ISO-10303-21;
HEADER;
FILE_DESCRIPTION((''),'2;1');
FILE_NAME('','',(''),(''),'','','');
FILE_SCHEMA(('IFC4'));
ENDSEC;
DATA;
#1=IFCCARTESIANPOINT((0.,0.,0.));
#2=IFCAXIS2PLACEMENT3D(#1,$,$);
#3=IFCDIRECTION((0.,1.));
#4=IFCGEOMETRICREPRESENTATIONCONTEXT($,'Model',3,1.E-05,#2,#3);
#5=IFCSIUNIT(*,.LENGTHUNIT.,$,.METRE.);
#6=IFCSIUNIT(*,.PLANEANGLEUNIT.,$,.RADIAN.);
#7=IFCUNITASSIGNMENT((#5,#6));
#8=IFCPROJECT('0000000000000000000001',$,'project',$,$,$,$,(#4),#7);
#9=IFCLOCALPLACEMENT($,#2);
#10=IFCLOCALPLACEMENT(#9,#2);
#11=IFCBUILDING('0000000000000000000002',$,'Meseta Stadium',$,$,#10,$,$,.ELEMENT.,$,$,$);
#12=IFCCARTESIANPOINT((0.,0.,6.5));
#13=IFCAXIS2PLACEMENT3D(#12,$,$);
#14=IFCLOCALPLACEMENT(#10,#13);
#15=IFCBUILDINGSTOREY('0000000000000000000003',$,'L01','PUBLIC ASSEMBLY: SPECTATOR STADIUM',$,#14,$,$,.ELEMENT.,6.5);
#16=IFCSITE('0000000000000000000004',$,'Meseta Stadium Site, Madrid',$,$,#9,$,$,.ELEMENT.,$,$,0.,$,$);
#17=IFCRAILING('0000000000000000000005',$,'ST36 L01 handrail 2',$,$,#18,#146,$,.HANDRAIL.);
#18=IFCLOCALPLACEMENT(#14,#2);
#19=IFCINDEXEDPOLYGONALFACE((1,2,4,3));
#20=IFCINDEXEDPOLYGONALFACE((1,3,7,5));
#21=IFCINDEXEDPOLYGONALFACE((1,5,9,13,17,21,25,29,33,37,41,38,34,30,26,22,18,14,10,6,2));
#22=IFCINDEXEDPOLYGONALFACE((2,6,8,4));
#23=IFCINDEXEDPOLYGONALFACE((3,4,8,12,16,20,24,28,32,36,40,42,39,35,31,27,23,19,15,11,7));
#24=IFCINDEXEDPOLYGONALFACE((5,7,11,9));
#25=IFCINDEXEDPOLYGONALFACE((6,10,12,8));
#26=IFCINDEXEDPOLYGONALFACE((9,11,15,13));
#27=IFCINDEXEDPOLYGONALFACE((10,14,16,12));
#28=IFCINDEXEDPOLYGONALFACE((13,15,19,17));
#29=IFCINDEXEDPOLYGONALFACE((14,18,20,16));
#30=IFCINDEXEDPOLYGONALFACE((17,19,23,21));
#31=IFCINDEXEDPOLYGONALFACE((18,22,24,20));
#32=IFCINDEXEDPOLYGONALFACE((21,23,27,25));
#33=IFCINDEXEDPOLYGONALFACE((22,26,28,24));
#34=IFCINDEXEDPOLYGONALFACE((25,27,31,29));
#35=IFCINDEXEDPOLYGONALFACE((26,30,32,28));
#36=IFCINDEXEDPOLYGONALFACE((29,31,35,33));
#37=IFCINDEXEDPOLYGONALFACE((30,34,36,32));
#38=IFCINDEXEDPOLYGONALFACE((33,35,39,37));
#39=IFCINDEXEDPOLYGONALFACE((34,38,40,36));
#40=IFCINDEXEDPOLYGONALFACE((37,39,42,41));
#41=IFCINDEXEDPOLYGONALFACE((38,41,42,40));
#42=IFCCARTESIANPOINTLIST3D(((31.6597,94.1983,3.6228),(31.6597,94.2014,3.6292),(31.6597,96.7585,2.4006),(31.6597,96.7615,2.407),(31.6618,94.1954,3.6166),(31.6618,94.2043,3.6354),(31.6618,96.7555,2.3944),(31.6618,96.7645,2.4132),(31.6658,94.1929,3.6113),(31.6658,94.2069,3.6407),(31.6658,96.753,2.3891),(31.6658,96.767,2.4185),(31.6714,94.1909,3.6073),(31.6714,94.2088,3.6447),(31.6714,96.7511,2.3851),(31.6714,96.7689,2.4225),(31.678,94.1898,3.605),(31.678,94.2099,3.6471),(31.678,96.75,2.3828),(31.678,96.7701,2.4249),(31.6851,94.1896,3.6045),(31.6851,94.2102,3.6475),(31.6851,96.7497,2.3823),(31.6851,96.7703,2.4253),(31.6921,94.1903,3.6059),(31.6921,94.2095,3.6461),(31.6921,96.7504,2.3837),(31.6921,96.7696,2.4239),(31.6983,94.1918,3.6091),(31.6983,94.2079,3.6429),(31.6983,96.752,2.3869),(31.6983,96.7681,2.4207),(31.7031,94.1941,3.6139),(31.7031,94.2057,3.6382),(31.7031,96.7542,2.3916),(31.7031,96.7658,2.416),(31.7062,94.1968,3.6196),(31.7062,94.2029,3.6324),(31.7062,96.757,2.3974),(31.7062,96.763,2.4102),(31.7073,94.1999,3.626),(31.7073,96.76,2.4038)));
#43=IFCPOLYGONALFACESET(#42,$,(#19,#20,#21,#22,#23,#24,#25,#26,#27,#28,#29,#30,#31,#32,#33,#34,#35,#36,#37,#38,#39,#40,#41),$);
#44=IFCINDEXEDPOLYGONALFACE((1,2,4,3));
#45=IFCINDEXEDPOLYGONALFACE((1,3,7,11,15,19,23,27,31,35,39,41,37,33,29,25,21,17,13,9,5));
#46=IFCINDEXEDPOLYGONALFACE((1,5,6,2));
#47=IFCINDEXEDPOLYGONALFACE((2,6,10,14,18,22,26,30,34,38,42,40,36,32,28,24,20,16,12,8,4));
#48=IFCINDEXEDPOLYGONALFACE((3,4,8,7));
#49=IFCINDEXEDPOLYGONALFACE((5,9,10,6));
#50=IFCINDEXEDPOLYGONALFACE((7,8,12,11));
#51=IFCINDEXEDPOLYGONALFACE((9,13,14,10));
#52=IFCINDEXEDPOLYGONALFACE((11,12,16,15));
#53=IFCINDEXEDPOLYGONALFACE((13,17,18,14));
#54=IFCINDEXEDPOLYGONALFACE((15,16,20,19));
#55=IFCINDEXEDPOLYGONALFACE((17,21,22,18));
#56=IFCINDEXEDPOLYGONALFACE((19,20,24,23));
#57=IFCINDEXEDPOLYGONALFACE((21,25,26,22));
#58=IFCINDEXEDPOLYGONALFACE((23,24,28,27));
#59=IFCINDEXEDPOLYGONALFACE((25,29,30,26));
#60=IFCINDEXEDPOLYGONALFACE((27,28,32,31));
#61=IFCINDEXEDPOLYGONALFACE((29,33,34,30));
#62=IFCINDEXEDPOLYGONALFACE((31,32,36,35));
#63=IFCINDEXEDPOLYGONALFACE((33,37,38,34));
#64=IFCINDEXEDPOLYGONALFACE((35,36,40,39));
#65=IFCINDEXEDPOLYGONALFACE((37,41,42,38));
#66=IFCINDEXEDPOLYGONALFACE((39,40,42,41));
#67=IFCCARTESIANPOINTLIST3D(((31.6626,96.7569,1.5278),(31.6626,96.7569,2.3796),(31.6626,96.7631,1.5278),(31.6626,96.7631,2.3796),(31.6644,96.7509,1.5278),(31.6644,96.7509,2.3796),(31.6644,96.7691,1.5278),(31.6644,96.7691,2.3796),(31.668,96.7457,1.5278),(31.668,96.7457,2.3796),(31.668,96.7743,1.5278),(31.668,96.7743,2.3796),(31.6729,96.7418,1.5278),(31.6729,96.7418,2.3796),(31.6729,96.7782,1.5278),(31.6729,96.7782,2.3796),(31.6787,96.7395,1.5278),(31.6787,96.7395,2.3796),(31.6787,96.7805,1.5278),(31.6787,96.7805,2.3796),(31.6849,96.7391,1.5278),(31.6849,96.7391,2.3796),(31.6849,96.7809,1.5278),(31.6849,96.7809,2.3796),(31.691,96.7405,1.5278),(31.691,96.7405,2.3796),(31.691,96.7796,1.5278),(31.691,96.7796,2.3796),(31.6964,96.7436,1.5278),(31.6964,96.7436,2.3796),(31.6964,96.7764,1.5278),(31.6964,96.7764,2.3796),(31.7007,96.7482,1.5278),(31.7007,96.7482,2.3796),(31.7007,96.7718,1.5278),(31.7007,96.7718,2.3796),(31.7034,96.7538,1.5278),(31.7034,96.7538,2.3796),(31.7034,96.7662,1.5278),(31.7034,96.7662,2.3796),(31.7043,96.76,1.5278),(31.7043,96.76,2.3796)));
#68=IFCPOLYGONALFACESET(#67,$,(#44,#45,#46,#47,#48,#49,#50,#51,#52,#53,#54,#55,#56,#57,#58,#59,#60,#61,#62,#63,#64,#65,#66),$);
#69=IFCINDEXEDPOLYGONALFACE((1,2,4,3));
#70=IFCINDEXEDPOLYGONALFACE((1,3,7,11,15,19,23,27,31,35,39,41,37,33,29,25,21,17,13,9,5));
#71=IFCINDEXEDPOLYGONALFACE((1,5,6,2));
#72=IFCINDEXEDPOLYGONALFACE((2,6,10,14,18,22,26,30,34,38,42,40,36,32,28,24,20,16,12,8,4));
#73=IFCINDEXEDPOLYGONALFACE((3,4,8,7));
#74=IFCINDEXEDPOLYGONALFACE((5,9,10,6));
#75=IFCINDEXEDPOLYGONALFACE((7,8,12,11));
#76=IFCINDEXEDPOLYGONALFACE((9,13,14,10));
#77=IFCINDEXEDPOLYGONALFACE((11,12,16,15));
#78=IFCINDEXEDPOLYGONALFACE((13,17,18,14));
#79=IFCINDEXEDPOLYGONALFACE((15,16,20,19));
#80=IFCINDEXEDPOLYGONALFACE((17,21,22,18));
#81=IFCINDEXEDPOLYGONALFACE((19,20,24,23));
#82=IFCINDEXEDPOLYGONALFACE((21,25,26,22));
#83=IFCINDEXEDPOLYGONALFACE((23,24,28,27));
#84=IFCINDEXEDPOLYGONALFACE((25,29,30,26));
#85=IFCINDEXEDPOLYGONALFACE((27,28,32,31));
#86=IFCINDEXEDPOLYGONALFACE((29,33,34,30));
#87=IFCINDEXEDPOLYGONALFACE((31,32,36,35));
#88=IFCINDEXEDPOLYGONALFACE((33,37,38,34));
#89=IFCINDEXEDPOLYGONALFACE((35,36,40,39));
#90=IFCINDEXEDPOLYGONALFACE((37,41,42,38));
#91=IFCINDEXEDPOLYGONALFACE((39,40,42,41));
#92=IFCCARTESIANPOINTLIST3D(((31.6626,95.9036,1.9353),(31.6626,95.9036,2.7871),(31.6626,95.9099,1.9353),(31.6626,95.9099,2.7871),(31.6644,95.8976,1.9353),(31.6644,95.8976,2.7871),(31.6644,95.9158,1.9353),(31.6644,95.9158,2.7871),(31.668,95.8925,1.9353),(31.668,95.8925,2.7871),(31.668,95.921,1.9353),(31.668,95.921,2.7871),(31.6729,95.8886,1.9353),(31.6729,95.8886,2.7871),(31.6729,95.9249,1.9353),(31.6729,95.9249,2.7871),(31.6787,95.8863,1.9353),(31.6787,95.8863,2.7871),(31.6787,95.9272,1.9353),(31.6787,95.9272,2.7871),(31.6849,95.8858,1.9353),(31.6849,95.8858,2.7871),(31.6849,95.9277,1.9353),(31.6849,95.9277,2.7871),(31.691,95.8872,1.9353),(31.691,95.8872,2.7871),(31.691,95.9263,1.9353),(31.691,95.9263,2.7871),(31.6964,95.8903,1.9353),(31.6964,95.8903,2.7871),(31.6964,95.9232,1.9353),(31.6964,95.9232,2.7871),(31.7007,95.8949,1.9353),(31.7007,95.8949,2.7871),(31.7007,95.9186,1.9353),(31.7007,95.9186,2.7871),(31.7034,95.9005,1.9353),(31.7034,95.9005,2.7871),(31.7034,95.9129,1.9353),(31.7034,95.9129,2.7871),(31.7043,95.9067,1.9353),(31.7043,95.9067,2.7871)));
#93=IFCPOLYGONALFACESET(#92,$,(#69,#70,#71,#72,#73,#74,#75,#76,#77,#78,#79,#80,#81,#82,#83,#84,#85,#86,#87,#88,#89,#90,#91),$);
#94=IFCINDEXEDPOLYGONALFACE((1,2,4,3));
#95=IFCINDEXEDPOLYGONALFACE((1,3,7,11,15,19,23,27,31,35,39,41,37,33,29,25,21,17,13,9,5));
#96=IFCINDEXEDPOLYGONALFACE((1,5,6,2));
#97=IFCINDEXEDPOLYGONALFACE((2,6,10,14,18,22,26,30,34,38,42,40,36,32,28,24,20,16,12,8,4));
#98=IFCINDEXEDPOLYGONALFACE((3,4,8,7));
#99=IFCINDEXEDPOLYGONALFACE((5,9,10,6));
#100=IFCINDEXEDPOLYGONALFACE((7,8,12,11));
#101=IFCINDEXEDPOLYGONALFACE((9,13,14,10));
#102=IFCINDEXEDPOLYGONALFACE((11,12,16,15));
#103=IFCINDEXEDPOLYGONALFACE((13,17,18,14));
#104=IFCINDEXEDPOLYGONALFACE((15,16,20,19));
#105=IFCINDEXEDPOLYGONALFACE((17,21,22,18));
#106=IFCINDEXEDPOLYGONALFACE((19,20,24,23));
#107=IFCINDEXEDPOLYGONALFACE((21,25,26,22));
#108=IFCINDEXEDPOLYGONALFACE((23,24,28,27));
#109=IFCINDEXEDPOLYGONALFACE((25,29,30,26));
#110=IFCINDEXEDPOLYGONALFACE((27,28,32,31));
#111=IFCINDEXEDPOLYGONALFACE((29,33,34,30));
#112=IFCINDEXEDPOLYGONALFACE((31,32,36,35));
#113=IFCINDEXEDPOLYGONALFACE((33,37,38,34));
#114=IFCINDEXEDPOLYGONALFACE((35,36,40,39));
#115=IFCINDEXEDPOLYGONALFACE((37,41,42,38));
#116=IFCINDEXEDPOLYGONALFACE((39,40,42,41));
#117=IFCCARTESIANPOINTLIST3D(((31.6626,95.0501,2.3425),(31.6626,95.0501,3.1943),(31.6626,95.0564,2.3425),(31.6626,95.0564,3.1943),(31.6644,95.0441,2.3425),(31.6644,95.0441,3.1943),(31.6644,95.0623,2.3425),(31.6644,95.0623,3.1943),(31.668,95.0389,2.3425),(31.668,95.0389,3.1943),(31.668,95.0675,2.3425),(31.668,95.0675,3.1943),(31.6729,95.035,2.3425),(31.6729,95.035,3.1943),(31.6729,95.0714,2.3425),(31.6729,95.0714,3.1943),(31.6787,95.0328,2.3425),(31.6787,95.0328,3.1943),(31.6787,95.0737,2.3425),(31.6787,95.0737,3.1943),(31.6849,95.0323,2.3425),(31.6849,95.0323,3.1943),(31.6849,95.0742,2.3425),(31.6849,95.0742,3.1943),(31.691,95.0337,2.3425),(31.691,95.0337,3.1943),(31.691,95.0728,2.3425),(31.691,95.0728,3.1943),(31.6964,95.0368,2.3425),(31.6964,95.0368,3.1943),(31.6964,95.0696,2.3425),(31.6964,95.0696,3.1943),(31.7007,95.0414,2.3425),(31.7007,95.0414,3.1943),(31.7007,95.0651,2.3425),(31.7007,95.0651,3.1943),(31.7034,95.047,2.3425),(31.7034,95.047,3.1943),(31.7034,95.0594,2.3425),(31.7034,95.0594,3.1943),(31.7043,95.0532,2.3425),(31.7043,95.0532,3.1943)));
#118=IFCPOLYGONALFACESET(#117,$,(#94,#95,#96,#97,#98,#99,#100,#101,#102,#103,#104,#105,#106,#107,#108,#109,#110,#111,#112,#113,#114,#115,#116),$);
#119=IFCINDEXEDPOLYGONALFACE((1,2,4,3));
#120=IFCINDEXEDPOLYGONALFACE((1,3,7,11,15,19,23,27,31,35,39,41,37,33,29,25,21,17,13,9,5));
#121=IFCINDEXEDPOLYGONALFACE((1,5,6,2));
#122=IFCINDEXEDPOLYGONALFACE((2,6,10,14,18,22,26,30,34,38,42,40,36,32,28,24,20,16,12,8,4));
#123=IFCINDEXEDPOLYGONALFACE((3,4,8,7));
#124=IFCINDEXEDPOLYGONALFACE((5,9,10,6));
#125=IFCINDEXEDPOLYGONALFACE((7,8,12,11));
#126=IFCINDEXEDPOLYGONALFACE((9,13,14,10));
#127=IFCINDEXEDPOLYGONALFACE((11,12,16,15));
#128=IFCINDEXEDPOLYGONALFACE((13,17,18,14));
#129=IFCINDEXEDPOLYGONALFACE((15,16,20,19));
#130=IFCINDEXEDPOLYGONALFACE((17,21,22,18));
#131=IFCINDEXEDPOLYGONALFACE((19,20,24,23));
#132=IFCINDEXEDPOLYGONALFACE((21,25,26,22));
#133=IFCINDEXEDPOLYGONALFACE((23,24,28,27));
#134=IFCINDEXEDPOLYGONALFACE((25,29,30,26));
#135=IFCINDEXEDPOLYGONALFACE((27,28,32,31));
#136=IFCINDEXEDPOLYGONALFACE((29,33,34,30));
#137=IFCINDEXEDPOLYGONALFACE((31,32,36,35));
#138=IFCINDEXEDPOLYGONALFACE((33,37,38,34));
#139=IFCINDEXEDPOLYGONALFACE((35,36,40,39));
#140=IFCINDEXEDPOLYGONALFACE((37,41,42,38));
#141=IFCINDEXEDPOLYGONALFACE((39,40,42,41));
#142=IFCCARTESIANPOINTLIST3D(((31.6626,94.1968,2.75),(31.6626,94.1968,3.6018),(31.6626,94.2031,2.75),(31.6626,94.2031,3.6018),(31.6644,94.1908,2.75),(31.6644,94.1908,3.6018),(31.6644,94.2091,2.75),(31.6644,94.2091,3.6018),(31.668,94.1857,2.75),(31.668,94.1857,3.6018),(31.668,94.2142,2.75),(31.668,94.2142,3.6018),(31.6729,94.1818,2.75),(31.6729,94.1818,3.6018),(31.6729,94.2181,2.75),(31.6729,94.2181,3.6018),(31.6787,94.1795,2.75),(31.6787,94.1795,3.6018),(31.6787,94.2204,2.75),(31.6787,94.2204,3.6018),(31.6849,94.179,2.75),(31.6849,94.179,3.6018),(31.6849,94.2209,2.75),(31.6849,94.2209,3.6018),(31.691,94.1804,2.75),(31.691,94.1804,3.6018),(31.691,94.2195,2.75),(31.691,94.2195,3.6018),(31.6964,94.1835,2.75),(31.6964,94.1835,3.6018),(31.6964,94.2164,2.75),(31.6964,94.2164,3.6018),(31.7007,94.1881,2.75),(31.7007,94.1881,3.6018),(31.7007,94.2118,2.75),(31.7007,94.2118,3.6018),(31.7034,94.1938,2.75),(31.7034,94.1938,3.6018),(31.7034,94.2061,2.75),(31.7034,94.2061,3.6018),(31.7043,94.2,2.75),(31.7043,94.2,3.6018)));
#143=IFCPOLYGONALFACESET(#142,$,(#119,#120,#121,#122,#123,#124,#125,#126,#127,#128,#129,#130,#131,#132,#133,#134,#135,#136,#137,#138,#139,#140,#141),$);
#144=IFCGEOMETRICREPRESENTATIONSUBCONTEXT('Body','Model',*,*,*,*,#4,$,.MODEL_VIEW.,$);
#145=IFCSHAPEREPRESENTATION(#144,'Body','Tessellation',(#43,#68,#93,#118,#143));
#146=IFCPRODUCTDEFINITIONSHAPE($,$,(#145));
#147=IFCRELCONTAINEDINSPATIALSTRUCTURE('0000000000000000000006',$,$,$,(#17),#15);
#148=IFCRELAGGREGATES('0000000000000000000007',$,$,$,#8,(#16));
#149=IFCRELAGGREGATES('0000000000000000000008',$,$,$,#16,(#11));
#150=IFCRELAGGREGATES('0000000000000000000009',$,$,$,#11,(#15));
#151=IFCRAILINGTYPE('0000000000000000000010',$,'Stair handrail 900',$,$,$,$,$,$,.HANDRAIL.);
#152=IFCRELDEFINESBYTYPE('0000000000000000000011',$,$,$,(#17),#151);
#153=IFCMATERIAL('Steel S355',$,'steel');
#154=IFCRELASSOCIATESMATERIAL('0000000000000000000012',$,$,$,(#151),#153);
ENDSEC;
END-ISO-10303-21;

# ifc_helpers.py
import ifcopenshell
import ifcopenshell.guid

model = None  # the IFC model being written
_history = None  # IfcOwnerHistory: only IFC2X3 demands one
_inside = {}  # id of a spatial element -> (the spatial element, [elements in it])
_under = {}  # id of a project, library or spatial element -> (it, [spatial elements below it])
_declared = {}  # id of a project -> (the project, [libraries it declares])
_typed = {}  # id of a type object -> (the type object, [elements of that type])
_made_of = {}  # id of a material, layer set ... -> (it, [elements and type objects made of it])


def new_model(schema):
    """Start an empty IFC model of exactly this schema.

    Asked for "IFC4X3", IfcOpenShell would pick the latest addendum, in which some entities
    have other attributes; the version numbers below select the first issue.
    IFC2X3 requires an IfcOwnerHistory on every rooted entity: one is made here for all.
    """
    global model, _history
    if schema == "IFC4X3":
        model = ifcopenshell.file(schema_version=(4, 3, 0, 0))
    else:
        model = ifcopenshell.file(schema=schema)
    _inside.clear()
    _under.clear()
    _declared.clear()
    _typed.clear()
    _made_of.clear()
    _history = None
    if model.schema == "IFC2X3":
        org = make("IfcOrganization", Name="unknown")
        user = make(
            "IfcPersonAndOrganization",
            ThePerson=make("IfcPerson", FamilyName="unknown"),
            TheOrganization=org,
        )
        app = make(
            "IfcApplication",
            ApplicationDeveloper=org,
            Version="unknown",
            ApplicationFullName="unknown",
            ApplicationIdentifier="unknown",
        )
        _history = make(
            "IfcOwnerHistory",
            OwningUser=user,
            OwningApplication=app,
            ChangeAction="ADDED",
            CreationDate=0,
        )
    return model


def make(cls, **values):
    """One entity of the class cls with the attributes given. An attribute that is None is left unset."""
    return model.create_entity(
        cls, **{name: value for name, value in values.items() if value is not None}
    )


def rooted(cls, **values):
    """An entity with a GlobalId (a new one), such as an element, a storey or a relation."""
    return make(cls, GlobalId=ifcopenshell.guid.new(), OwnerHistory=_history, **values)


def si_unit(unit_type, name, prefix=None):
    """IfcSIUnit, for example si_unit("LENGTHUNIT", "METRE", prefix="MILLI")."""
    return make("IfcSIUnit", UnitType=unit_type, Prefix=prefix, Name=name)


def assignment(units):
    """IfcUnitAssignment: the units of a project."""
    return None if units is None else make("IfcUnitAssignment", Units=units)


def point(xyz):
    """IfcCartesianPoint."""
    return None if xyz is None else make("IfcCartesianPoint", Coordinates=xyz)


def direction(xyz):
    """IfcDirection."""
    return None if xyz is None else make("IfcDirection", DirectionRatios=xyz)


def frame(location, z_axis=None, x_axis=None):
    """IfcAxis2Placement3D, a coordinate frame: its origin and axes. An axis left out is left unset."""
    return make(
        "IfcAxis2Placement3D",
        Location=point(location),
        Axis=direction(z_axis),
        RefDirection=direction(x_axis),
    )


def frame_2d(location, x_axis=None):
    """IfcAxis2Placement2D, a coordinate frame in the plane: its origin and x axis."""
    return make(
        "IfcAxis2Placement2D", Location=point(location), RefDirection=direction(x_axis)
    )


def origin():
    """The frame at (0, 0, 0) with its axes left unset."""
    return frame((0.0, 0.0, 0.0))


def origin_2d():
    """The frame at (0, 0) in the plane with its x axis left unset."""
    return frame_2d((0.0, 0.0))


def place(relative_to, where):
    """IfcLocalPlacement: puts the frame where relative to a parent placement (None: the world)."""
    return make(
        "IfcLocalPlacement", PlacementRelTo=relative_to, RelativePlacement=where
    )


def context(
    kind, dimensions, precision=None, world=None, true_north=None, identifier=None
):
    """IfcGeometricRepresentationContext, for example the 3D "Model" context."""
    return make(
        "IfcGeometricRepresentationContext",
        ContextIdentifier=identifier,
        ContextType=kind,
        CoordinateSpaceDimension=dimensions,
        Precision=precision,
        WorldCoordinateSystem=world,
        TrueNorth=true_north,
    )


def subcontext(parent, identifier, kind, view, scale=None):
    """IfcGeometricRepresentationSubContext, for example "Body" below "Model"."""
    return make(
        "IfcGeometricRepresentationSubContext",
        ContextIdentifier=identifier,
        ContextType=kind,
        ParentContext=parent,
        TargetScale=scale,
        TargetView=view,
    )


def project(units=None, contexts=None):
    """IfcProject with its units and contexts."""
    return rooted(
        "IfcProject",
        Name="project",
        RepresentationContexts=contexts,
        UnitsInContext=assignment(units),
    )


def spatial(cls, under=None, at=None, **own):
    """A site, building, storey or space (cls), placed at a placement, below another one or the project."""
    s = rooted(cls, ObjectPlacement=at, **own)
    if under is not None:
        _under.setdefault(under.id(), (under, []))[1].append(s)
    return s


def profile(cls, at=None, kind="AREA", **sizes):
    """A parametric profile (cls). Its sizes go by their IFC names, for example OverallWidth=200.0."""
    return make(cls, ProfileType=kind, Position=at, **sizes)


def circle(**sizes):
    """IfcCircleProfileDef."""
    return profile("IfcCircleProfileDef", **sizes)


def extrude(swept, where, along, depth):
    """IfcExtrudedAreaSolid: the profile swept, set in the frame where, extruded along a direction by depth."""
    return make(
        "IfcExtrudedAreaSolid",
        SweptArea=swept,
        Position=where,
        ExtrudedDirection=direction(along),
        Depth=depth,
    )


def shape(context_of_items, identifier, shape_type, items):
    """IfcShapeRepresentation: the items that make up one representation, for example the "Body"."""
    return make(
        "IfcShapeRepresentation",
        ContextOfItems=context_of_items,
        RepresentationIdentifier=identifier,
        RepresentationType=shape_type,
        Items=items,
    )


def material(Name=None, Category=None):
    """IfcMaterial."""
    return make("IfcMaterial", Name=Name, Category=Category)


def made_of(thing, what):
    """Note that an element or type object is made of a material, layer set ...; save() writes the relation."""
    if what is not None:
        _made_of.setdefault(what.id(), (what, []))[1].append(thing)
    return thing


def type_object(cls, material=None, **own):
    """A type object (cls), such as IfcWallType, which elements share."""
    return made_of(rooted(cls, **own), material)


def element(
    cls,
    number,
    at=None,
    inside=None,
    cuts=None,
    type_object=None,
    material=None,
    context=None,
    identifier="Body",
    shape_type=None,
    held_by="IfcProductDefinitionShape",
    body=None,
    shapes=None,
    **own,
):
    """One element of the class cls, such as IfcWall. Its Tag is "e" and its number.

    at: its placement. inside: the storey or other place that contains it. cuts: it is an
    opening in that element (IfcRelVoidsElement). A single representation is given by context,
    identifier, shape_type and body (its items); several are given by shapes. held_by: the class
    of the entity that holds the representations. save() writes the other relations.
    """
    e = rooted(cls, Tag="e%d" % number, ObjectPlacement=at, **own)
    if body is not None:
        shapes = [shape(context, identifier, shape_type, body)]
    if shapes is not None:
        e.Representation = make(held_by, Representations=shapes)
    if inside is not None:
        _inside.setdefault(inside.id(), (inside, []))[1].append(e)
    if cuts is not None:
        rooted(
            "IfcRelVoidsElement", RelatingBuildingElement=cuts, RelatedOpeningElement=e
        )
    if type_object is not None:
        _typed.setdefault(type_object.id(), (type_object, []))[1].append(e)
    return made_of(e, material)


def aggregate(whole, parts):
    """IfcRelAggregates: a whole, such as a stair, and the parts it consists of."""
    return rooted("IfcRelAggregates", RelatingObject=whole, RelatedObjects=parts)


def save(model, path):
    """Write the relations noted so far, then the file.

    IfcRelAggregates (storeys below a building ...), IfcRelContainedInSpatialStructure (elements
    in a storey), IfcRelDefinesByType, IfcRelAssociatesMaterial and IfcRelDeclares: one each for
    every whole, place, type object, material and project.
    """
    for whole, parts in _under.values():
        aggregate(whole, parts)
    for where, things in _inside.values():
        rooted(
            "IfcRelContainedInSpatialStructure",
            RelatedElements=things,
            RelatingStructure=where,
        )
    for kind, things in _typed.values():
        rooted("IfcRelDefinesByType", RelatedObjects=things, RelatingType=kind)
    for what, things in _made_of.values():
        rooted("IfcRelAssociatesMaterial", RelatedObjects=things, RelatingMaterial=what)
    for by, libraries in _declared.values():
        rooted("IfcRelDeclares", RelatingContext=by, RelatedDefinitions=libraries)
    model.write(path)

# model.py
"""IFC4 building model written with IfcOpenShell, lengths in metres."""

from ifc_helpers import new_model, si_unit, direction, frame, origin, origin_2d, place, context, subcontext, project, spatial, circle, extrude, material, type_object, element, save


model = new_model("IFC4")

# Units and contexts
model_context = context("Model", 3, precision=1e-05, world=origin(), true_north=direction((0.0, 1.0)))
body_context = subcontext(model_context, "Body", "Model", "MODEL_VIEW")
ifc_project = project(units=[si_unit("LENGTHUNIT", "METRE"), si_unit("PLANEANGLEUNIT", "RADIAN")], contexts=[model_context])

# Site, building, storey
site_placement = place(None, origin())
site = spatial("IfcSite", under=ifc_project, at=site_placement, Name="Meseta Stadium Site, Madrid", CompositionType="ELEMENT", RefElevation=0.0)
building_placement = place(site_placement, origin())
building = spatial("IfcBuilding", under=site, at=building_placement, Name="Meseta Stadium", CompositionType="ELEMENT")
storey_placement = place(building_placement, frame((0.0, 0.0, 6.5)))
storey = spatial("IfcBuildingStorey", under=building, at=storey_placement, Name="L01", Description="PUBLIC ASSEMBLY: SPECTATOR STADIUM", CompositionType="ELEMENT", Elevation=6.5)

# Railing
ifc_material_1 = material(Name="Steel S355", Category="steel")
railing_type_1 = type_object("IfcRailingType", Name="Stair handrail 900", PredefinedType="HANDRAIL", material=ifc_material_1)
railing_1_placement = place(storey_placement, frame((31.6833, 96.76, 1.5278)))
element("IfcRailing", 1, at=railing_1_placement, inside=storey, type_object=railing_type_1, Name="ST36 L01 handrail 2", PredefinedType="HANDRAIL", context=body_context, shape_type="SweptSolid", body=[
    extrude(circle(Radius=0.0239, at=origin_2d()), frame((0.0, 0.0, 0.876), z_axis=(0.0, -0.902437, 0.430822), x_axis=(1.0, 0.0, 0.0)), (0.0, 0.0, 1.0), 2.8369),
    extrude(circle(Radius=0.021, at=origin_2d()), origin(), (0.0, 0.0, 1.0), 0.8518),
    extrude(circle(Radius=0.021, at=origin_2d()), frame((0.0, -0.8533, 0.4075)), (0.0, 0.0, 1.0), 0.8518),
    extrude(circle(Radius=0.021, at=origin_2d()), frame((0.0, -1.7068, 0.8147)), (0.0, 0.0, 1.0), 0.8518),
    extrude(circle(Radius=0.021, at=origin_2d()), frame((0.0, -2.5601, 1.2222)), (0.0, 0.0, 1.0), 0.8518),
])

save(model, "model.ifc")
